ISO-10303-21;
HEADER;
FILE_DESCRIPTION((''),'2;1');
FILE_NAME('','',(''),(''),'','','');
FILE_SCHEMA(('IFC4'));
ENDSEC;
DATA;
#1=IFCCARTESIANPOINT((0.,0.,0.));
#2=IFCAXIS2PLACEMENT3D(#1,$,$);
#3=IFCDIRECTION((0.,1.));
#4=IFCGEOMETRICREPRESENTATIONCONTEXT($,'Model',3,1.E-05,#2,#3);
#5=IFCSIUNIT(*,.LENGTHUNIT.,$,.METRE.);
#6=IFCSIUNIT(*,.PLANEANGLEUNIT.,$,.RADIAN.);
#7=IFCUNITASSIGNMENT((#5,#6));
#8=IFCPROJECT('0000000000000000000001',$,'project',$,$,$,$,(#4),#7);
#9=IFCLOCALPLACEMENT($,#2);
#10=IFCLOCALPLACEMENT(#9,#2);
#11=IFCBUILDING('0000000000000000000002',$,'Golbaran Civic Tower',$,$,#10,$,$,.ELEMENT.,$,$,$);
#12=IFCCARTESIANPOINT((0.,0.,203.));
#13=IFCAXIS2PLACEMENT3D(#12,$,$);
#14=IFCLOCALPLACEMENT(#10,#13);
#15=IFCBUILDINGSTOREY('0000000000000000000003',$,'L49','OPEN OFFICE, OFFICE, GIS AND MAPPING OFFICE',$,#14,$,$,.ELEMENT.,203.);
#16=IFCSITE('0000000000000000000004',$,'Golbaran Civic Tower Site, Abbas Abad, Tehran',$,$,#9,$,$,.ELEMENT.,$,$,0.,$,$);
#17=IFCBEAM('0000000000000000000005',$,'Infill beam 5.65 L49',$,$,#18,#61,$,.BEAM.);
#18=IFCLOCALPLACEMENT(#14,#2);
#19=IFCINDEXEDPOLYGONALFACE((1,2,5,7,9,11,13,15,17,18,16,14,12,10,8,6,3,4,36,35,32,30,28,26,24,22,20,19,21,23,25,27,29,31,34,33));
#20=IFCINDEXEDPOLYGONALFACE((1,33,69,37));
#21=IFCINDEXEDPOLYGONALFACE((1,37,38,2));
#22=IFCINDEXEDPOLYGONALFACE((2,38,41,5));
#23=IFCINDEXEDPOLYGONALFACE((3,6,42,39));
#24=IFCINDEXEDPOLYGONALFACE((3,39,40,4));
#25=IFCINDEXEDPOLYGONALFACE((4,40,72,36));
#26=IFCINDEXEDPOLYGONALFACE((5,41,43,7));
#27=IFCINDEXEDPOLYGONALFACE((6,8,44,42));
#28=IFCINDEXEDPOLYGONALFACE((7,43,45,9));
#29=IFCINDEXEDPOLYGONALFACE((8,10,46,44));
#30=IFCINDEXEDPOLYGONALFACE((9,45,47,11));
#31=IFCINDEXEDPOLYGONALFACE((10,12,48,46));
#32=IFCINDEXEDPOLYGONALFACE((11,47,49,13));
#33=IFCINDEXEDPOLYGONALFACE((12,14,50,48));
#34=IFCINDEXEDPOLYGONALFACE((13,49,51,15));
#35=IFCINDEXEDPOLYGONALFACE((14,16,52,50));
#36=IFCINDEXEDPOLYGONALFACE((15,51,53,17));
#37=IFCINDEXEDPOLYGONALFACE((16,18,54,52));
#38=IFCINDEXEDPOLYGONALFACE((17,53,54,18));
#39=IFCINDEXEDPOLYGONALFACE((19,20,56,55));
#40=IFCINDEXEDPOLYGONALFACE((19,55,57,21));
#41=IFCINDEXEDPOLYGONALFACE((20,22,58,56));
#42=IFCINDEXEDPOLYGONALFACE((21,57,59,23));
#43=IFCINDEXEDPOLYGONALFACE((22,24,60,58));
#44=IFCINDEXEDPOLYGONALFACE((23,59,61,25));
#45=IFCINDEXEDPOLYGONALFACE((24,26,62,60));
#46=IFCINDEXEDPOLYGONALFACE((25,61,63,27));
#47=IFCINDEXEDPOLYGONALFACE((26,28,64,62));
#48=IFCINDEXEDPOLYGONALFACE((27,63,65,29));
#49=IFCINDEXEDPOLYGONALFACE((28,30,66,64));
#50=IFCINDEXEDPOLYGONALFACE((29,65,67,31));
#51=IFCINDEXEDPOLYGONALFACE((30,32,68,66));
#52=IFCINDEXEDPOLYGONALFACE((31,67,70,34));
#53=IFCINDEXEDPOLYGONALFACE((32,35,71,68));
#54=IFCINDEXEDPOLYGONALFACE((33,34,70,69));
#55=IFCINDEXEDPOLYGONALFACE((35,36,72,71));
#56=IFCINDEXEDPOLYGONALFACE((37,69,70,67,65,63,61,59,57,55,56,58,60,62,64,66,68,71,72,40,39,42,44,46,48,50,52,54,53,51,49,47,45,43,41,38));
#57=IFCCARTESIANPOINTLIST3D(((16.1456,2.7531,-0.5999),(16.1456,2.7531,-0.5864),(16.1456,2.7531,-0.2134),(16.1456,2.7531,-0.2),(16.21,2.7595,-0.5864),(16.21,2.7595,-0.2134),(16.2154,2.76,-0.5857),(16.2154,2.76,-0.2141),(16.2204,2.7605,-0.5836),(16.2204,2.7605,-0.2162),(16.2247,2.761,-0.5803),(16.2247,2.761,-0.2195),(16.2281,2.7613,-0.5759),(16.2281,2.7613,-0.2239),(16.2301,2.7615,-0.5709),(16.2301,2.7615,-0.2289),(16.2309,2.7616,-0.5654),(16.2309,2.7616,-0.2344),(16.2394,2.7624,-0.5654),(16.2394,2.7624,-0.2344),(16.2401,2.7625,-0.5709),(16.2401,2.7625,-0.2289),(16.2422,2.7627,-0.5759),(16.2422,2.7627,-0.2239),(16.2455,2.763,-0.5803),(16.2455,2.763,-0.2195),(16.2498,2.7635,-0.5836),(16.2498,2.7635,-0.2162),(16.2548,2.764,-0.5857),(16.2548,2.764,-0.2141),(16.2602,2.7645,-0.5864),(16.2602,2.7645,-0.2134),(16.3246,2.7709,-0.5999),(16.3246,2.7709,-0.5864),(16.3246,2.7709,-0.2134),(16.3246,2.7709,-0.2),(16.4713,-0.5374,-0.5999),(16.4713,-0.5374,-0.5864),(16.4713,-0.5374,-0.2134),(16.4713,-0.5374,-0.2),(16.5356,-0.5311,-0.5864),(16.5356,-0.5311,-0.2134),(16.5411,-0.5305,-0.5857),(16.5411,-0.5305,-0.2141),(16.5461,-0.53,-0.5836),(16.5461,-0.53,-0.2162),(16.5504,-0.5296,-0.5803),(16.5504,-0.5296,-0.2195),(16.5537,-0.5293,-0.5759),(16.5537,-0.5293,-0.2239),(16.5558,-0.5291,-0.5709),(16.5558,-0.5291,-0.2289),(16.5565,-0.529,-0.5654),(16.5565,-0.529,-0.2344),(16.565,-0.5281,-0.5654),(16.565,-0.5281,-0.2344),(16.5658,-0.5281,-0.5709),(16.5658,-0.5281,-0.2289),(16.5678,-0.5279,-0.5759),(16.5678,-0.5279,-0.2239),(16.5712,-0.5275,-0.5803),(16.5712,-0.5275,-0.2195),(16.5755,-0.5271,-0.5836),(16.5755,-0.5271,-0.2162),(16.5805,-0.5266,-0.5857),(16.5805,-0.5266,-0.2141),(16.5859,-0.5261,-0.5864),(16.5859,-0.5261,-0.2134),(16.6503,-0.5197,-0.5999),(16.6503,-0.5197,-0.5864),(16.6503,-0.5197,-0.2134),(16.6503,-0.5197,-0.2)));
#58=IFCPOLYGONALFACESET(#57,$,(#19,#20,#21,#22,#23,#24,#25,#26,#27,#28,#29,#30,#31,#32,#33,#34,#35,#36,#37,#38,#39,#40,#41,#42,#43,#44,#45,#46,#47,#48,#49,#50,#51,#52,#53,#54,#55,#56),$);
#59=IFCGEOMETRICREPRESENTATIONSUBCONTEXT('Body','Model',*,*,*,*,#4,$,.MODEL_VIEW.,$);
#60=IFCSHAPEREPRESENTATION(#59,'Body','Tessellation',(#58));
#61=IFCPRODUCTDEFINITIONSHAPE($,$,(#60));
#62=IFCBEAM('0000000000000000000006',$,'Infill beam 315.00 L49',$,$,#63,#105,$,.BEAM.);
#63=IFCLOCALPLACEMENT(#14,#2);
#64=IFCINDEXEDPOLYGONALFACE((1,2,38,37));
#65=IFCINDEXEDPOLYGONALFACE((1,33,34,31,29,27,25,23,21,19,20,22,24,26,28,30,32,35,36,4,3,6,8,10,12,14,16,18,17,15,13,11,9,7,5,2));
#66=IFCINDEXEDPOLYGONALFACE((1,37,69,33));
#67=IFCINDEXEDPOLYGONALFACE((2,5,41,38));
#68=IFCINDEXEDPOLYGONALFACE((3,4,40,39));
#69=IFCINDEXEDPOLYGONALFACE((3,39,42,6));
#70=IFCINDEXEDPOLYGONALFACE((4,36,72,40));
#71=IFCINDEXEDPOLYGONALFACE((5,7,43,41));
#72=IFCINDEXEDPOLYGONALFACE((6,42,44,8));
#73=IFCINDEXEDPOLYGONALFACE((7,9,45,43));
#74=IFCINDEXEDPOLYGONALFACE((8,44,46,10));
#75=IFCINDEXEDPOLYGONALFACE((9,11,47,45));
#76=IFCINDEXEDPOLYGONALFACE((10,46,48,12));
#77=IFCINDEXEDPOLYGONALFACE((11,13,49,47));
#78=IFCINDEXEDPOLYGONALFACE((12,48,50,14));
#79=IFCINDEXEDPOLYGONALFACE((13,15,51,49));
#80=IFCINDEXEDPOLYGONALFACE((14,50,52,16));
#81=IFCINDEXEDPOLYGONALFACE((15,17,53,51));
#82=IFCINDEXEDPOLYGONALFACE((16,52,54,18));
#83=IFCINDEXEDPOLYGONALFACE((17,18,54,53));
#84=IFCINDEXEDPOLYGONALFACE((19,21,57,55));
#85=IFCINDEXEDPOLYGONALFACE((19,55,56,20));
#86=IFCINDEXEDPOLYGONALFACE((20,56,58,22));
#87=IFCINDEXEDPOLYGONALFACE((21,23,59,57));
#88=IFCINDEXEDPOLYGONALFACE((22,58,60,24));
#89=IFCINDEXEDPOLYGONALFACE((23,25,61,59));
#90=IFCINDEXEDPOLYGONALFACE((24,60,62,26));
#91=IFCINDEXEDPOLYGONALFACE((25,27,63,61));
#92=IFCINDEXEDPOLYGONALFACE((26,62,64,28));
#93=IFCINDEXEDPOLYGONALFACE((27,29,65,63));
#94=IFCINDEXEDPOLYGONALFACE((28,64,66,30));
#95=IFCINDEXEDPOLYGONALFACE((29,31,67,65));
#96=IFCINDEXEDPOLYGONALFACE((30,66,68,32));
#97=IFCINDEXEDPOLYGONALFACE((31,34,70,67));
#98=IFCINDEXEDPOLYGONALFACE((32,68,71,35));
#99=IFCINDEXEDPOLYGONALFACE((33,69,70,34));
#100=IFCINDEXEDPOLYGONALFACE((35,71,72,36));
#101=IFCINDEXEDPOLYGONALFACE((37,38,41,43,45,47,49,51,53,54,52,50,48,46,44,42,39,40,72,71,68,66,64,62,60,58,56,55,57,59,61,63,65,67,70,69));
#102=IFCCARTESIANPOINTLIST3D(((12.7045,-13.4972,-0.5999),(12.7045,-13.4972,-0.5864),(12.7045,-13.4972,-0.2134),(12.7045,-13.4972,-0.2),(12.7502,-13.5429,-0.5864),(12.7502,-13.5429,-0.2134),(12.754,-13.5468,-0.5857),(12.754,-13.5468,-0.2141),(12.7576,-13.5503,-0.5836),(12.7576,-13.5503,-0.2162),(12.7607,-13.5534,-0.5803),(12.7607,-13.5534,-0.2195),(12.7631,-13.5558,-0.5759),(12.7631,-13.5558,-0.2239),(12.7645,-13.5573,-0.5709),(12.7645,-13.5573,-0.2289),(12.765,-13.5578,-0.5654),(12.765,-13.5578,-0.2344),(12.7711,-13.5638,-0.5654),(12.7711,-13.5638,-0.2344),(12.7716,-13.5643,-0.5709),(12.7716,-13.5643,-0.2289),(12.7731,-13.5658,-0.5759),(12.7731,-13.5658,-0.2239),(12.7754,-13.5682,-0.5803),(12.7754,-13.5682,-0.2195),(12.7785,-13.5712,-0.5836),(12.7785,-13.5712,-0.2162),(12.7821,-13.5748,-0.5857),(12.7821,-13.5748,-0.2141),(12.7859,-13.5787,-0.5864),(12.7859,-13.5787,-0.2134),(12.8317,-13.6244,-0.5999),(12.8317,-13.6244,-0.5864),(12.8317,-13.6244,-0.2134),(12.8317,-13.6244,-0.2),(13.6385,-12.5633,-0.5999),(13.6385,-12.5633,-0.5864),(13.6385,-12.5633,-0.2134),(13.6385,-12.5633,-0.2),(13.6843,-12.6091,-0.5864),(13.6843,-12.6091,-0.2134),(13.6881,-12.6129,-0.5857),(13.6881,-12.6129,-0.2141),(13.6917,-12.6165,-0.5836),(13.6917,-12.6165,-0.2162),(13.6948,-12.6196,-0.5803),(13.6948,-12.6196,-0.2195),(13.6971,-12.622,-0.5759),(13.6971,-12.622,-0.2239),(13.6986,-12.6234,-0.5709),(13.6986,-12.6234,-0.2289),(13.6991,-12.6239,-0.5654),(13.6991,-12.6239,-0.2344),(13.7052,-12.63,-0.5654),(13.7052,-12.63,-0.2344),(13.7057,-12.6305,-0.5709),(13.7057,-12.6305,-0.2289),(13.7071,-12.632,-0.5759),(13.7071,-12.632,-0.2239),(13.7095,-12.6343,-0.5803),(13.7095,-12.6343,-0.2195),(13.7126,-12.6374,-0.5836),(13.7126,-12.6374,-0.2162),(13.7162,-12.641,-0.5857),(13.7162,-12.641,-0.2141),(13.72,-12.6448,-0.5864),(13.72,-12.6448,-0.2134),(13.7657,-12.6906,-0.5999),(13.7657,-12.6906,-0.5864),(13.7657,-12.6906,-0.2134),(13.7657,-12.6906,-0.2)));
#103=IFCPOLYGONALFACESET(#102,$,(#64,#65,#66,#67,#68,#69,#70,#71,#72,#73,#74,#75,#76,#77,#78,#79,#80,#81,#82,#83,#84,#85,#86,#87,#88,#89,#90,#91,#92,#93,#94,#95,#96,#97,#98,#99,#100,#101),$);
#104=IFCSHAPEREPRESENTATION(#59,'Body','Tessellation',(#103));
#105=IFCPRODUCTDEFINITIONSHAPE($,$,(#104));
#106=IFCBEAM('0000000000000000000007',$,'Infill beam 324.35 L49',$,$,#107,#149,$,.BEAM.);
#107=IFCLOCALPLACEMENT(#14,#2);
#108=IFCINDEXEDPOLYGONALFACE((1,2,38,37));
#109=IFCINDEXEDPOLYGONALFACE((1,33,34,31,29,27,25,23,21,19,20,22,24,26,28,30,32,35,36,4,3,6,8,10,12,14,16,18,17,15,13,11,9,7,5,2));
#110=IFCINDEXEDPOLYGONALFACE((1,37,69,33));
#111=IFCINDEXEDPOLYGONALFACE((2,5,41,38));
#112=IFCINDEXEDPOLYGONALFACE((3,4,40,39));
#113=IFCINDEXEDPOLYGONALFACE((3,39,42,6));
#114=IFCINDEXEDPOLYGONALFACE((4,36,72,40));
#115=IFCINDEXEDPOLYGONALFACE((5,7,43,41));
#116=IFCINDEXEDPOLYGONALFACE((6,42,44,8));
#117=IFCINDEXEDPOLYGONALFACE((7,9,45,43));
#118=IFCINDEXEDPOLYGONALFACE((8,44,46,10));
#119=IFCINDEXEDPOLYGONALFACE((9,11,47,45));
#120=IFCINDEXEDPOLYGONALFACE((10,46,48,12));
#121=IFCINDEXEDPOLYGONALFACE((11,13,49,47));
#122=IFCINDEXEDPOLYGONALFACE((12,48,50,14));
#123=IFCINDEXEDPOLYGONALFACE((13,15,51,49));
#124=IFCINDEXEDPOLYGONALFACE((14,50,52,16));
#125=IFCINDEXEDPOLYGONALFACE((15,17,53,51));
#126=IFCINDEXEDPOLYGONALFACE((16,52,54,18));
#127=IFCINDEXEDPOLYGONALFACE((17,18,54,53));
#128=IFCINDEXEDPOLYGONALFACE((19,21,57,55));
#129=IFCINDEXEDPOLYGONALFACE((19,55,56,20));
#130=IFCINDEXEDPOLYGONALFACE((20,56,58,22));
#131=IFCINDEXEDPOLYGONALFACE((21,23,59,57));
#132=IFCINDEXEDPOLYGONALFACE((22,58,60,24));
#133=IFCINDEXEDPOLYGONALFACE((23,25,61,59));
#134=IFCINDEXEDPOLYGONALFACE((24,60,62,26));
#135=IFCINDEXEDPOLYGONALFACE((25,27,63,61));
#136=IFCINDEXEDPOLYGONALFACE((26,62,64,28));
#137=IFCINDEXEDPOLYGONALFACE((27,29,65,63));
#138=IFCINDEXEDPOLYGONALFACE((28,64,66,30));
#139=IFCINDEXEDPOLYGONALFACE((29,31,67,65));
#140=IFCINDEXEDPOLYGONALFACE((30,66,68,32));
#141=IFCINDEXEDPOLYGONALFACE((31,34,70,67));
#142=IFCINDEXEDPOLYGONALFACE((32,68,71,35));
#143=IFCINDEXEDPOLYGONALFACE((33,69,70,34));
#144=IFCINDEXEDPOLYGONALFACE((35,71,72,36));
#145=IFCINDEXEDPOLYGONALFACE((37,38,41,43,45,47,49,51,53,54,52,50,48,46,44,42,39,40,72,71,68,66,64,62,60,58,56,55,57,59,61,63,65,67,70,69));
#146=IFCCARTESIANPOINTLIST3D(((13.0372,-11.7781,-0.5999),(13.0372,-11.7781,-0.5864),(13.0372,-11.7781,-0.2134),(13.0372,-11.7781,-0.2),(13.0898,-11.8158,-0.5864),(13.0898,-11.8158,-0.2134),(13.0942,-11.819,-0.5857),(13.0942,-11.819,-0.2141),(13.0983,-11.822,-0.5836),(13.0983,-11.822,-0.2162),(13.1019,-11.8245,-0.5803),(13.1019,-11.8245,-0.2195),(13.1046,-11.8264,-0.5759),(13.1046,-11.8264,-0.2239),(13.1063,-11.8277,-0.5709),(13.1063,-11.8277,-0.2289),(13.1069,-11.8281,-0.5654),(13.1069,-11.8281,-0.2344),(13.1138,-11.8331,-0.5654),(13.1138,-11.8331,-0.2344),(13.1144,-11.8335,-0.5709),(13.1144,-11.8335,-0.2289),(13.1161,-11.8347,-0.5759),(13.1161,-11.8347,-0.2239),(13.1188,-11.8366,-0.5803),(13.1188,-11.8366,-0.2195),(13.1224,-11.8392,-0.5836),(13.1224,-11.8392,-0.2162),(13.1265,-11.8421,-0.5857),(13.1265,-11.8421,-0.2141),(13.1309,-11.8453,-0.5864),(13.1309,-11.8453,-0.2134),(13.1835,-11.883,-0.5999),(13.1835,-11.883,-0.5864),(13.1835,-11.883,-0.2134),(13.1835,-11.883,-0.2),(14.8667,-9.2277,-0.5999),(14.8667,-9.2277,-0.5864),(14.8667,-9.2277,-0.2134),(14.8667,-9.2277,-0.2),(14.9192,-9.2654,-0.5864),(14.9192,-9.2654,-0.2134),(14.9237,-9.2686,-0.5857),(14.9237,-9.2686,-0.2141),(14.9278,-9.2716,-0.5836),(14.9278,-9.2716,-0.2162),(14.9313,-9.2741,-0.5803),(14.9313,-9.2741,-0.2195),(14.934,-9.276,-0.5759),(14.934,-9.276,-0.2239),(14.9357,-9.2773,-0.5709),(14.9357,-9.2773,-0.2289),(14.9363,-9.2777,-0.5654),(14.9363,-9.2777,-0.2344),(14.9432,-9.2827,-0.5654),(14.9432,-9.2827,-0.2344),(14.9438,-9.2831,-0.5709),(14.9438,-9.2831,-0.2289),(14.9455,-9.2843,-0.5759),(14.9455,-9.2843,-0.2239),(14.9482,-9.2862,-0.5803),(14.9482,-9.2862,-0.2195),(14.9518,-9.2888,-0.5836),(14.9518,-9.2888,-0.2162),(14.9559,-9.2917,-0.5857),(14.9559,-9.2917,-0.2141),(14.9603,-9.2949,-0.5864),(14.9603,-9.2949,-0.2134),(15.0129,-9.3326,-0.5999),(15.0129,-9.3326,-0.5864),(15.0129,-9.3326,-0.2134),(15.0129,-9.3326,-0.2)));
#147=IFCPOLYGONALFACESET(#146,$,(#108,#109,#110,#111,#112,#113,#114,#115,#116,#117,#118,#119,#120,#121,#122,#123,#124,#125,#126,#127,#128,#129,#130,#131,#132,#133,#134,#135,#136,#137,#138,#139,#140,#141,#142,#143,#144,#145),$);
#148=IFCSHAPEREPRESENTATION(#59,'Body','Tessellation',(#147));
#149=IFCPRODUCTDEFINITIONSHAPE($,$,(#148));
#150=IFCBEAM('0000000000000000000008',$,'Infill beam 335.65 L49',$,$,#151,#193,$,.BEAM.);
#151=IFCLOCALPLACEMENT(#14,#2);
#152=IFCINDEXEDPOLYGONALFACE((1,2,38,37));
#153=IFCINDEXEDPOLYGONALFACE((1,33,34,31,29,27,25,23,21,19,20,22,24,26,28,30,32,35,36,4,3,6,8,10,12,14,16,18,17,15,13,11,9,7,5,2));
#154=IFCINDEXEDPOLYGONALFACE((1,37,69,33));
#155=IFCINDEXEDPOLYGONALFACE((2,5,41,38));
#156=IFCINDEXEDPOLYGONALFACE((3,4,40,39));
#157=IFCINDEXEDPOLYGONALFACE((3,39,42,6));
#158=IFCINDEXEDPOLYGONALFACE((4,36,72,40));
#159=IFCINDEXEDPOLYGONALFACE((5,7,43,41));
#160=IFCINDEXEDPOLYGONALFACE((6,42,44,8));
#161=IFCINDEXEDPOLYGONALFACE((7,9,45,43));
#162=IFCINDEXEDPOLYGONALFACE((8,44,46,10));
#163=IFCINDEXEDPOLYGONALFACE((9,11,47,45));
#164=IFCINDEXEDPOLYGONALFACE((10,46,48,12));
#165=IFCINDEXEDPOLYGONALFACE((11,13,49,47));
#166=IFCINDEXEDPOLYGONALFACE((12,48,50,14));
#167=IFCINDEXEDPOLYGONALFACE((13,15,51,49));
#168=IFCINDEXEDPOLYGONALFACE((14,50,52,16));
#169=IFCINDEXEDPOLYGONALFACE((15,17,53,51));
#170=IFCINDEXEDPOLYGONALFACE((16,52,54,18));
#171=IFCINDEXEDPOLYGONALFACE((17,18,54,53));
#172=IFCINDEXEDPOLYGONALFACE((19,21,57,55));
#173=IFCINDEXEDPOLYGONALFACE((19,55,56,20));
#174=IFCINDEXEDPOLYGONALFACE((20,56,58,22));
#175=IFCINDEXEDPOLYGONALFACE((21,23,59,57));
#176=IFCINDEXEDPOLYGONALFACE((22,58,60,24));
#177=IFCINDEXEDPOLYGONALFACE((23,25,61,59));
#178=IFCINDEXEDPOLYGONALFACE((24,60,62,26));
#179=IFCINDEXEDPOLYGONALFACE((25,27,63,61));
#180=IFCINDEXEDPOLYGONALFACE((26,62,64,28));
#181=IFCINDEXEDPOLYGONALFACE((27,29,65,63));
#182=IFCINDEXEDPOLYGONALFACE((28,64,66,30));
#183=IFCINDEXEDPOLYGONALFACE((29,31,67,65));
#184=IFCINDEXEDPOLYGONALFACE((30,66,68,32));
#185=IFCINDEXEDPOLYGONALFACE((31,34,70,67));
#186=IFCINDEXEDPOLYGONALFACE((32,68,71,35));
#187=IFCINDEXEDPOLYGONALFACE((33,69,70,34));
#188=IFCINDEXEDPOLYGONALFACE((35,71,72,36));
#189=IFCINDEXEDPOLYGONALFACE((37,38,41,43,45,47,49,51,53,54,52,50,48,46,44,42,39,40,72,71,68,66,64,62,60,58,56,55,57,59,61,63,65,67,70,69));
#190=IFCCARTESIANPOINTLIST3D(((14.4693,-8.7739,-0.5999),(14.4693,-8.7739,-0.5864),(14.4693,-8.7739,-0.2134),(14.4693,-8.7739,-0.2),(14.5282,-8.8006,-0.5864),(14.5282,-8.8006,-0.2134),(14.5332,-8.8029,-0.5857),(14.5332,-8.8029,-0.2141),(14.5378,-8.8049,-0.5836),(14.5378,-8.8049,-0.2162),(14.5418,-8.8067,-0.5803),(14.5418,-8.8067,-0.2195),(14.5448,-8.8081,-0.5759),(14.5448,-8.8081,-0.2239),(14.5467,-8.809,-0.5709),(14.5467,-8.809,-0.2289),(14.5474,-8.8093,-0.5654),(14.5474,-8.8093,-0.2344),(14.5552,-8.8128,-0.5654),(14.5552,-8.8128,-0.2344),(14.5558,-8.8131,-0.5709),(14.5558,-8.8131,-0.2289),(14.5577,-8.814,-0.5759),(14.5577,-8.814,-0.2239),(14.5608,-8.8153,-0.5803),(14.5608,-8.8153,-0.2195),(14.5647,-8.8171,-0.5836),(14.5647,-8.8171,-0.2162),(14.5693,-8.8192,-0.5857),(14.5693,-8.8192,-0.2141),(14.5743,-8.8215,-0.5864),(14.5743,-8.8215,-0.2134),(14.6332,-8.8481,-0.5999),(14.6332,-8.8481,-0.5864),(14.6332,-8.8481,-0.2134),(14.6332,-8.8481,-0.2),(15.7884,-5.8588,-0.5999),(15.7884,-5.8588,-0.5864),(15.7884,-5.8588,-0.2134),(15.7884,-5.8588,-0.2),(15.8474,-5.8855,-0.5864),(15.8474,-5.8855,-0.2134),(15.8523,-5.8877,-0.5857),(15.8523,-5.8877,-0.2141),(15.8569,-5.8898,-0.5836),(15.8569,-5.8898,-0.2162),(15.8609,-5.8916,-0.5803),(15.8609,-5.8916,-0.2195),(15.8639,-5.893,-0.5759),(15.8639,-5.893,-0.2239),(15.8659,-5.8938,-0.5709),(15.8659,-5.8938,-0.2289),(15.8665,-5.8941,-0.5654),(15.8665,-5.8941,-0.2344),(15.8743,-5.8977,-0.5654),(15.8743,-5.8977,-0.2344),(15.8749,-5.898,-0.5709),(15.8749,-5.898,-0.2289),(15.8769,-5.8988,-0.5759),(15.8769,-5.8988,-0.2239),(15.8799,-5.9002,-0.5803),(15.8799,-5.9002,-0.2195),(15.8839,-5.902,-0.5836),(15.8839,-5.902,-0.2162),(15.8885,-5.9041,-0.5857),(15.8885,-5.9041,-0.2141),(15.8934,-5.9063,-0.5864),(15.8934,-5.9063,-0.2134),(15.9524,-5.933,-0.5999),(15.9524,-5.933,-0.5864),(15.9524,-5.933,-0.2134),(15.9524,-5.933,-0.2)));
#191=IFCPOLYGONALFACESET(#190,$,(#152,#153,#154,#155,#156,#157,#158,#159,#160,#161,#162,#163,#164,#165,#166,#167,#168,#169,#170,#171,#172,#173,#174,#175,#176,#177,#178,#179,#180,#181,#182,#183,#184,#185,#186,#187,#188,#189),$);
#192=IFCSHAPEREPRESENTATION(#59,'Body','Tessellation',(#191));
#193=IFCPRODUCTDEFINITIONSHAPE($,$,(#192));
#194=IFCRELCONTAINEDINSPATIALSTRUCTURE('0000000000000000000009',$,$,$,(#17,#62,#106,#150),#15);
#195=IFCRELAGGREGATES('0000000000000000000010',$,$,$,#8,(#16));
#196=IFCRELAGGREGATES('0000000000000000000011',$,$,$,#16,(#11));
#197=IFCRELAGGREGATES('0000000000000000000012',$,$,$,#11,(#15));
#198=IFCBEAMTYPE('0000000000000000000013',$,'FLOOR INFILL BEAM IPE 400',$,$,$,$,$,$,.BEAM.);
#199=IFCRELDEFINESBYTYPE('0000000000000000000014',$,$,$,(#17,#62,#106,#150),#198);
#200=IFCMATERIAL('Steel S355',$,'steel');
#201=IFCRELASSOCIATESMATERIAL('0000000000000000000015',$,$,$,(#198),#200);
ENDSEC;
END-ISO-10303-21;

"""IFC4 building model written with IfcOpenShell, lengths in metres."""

from ifc_helpers import new_model, si_unit, direction, frame, origin, origin_2d, place, context, subcontext, project, spatial, i_section, extrude, material, material_profile, profile_set, type_object, element, save


model = new_model("IFC4")

# Units and contexts
model_context = context("Model", 3, precision=1e-05, world=origin(), true_north=direction((0.0, 1.0)))
body_context = subcontext(model_context, "Body", "Model", "MODEL_VIEW")
ifc_project = project(units=[si_unit("LENGTHUNIT", "METRE"), si_unit("PLANEANGLEUNIT", "RADIAN")], contexts=[model_context])

# Site, building, storey
site_placement = place(None, origin())
site = spatial("IfcSite", under=ifc_project, at=site_placement, Name="Golbaran Civic Tower Site, Abbas Abad, Tehran", CompositionType="ELEMENT", RefElevation=0.0)
building_placement = place(site_placement, origin())
building = spatial("IfcBuilding", under=site, at=building_placement, Name="Golbaran Civic Tower", CompositionType="ELEMENT")
storey_placement = place(building_placement, frame((0.0, 0.0, 203.0)))
storey = spatial("IfcBuildingStorey", under=building, at=storey_placement, Name="L49", Description="OPEN OFFICE, OFFICE, GIS AND MAPPING OFFICE", CompositionType="ELEMENT", Elevation=203.0)

# Beams
ifc_material_1 = material(Name="Steel S355", Category="steel")
ifc_material_profile_1 = material_profile(ifc_material_1, i_section(OverallWidth=0.1799, OverallDepth=0.3999, WebThickness=0.0085, FlangeThickness=0.0134, FilletRadius=0.021, at=origin_2d()), Name="IPE 400")
ifc_profile_set_1 = profile_set([ifc_material_profile_1], Name="Steel S355")
beam_type_1 = type_object("IfcBeamType", Name="FLOOR INFILL BEAM IPE 400", PredefinedType="BEAM", material=ifc_profile_set_1)
beam_1_placement = place(storey_placement, frame((16.5608, -0.5286, -0.3999), z_axis=(-0.098495, 0.995138, 0.0), x_axis=(-0.995138, -0.098495, 0.0)))
element("IfcBeam", 1, at=beam_1_placement, inside=storey, type_object=beam_type_1, Name="Infill beam 5.65 L49", PredefinedType="BEAM", context=body_context, shape_type="SweptSolid", body=[
    extrude(i_section(OverallWidth=0.1799, OverallDepth=0.3999, WebThickness=0.0085, FlangeThickness=0.0134, FilletRadius=0.021, at=origin_2d()), origin(), (0.0, 0.0, 1.0), 3.3066),
])
beam_2_placement = place(storey_placement, frame((12.7681, -13.5608, -0.3999), z_axis=(0.707199, 0.707014, 0.0), x_axis=(-0.707014, 0.707199, 0.0)))
element("IfcBeam", 2, at=beam_2_placement, inside=storey, type_object=beam_type_1, Name="Infill beam 315.00 L49", PredefinedType="BEAM", context=body_context, shape_type="SweptSolid", body=[
    extrude(i_section(OverallWidth=0.1799, OverallDepth=0.3999, WebThickness=0.0085, FlangeThickness=0.0134, FilletRadius=0.021, at=origin_2d()), origin(), (0.0, 0.0, 1.0), 1.3208),
])
beam_3_placement = place(storey_placement, frame((13.1104, -11.8306, -0.3999), z_axis=(0.582863, 0.81257, 0.0), x_axis=(-0.81257, 0.582863, 0.0)))
element("IfcBeam", 3, at=beam_3_placement, inside=storey, type_object=beam_type_1, Name="Infill beam 324.35 L49", PredefinedType="BEAM", context=body_context, shape_type="SweptSolid", body=[
    extrude(i_section(OverallWidth=0.1799, OverallDepth=0.3999, WebThickness=0.0085, FlangeThickness=0.0134, FilletRadius=0.021, at=origin_2d()), origin(), (0.0, 0.0, 1.0), 3.1387),
])
beam_4_placement = place(storey_placement, frame((14.5513, -8.811, -0.3999), z_axis=(0.412267, 0.911063, 0.0), x_axis=(-0.911063, 0.412267, 0.0)))
element("IfcBeam", 4, at=beam_4_placement, inside=storey, type_object=beam_type_1, Name="Infill beam 335.65 L49", PredefinedType="BEAM", context=body_context, shape_type="SweptSolid", body=[
    extrude(i_section(OverallWidth=0.1799, OverallDepth=0.3999, WebThickness=0.0085, FlangeThickness=0.0134, FilletRadius=0.021, at=origin_2d()), origin(), (0.0, 0.0, 1.0), 3.1997),
])

save(model, "model.ifc")
